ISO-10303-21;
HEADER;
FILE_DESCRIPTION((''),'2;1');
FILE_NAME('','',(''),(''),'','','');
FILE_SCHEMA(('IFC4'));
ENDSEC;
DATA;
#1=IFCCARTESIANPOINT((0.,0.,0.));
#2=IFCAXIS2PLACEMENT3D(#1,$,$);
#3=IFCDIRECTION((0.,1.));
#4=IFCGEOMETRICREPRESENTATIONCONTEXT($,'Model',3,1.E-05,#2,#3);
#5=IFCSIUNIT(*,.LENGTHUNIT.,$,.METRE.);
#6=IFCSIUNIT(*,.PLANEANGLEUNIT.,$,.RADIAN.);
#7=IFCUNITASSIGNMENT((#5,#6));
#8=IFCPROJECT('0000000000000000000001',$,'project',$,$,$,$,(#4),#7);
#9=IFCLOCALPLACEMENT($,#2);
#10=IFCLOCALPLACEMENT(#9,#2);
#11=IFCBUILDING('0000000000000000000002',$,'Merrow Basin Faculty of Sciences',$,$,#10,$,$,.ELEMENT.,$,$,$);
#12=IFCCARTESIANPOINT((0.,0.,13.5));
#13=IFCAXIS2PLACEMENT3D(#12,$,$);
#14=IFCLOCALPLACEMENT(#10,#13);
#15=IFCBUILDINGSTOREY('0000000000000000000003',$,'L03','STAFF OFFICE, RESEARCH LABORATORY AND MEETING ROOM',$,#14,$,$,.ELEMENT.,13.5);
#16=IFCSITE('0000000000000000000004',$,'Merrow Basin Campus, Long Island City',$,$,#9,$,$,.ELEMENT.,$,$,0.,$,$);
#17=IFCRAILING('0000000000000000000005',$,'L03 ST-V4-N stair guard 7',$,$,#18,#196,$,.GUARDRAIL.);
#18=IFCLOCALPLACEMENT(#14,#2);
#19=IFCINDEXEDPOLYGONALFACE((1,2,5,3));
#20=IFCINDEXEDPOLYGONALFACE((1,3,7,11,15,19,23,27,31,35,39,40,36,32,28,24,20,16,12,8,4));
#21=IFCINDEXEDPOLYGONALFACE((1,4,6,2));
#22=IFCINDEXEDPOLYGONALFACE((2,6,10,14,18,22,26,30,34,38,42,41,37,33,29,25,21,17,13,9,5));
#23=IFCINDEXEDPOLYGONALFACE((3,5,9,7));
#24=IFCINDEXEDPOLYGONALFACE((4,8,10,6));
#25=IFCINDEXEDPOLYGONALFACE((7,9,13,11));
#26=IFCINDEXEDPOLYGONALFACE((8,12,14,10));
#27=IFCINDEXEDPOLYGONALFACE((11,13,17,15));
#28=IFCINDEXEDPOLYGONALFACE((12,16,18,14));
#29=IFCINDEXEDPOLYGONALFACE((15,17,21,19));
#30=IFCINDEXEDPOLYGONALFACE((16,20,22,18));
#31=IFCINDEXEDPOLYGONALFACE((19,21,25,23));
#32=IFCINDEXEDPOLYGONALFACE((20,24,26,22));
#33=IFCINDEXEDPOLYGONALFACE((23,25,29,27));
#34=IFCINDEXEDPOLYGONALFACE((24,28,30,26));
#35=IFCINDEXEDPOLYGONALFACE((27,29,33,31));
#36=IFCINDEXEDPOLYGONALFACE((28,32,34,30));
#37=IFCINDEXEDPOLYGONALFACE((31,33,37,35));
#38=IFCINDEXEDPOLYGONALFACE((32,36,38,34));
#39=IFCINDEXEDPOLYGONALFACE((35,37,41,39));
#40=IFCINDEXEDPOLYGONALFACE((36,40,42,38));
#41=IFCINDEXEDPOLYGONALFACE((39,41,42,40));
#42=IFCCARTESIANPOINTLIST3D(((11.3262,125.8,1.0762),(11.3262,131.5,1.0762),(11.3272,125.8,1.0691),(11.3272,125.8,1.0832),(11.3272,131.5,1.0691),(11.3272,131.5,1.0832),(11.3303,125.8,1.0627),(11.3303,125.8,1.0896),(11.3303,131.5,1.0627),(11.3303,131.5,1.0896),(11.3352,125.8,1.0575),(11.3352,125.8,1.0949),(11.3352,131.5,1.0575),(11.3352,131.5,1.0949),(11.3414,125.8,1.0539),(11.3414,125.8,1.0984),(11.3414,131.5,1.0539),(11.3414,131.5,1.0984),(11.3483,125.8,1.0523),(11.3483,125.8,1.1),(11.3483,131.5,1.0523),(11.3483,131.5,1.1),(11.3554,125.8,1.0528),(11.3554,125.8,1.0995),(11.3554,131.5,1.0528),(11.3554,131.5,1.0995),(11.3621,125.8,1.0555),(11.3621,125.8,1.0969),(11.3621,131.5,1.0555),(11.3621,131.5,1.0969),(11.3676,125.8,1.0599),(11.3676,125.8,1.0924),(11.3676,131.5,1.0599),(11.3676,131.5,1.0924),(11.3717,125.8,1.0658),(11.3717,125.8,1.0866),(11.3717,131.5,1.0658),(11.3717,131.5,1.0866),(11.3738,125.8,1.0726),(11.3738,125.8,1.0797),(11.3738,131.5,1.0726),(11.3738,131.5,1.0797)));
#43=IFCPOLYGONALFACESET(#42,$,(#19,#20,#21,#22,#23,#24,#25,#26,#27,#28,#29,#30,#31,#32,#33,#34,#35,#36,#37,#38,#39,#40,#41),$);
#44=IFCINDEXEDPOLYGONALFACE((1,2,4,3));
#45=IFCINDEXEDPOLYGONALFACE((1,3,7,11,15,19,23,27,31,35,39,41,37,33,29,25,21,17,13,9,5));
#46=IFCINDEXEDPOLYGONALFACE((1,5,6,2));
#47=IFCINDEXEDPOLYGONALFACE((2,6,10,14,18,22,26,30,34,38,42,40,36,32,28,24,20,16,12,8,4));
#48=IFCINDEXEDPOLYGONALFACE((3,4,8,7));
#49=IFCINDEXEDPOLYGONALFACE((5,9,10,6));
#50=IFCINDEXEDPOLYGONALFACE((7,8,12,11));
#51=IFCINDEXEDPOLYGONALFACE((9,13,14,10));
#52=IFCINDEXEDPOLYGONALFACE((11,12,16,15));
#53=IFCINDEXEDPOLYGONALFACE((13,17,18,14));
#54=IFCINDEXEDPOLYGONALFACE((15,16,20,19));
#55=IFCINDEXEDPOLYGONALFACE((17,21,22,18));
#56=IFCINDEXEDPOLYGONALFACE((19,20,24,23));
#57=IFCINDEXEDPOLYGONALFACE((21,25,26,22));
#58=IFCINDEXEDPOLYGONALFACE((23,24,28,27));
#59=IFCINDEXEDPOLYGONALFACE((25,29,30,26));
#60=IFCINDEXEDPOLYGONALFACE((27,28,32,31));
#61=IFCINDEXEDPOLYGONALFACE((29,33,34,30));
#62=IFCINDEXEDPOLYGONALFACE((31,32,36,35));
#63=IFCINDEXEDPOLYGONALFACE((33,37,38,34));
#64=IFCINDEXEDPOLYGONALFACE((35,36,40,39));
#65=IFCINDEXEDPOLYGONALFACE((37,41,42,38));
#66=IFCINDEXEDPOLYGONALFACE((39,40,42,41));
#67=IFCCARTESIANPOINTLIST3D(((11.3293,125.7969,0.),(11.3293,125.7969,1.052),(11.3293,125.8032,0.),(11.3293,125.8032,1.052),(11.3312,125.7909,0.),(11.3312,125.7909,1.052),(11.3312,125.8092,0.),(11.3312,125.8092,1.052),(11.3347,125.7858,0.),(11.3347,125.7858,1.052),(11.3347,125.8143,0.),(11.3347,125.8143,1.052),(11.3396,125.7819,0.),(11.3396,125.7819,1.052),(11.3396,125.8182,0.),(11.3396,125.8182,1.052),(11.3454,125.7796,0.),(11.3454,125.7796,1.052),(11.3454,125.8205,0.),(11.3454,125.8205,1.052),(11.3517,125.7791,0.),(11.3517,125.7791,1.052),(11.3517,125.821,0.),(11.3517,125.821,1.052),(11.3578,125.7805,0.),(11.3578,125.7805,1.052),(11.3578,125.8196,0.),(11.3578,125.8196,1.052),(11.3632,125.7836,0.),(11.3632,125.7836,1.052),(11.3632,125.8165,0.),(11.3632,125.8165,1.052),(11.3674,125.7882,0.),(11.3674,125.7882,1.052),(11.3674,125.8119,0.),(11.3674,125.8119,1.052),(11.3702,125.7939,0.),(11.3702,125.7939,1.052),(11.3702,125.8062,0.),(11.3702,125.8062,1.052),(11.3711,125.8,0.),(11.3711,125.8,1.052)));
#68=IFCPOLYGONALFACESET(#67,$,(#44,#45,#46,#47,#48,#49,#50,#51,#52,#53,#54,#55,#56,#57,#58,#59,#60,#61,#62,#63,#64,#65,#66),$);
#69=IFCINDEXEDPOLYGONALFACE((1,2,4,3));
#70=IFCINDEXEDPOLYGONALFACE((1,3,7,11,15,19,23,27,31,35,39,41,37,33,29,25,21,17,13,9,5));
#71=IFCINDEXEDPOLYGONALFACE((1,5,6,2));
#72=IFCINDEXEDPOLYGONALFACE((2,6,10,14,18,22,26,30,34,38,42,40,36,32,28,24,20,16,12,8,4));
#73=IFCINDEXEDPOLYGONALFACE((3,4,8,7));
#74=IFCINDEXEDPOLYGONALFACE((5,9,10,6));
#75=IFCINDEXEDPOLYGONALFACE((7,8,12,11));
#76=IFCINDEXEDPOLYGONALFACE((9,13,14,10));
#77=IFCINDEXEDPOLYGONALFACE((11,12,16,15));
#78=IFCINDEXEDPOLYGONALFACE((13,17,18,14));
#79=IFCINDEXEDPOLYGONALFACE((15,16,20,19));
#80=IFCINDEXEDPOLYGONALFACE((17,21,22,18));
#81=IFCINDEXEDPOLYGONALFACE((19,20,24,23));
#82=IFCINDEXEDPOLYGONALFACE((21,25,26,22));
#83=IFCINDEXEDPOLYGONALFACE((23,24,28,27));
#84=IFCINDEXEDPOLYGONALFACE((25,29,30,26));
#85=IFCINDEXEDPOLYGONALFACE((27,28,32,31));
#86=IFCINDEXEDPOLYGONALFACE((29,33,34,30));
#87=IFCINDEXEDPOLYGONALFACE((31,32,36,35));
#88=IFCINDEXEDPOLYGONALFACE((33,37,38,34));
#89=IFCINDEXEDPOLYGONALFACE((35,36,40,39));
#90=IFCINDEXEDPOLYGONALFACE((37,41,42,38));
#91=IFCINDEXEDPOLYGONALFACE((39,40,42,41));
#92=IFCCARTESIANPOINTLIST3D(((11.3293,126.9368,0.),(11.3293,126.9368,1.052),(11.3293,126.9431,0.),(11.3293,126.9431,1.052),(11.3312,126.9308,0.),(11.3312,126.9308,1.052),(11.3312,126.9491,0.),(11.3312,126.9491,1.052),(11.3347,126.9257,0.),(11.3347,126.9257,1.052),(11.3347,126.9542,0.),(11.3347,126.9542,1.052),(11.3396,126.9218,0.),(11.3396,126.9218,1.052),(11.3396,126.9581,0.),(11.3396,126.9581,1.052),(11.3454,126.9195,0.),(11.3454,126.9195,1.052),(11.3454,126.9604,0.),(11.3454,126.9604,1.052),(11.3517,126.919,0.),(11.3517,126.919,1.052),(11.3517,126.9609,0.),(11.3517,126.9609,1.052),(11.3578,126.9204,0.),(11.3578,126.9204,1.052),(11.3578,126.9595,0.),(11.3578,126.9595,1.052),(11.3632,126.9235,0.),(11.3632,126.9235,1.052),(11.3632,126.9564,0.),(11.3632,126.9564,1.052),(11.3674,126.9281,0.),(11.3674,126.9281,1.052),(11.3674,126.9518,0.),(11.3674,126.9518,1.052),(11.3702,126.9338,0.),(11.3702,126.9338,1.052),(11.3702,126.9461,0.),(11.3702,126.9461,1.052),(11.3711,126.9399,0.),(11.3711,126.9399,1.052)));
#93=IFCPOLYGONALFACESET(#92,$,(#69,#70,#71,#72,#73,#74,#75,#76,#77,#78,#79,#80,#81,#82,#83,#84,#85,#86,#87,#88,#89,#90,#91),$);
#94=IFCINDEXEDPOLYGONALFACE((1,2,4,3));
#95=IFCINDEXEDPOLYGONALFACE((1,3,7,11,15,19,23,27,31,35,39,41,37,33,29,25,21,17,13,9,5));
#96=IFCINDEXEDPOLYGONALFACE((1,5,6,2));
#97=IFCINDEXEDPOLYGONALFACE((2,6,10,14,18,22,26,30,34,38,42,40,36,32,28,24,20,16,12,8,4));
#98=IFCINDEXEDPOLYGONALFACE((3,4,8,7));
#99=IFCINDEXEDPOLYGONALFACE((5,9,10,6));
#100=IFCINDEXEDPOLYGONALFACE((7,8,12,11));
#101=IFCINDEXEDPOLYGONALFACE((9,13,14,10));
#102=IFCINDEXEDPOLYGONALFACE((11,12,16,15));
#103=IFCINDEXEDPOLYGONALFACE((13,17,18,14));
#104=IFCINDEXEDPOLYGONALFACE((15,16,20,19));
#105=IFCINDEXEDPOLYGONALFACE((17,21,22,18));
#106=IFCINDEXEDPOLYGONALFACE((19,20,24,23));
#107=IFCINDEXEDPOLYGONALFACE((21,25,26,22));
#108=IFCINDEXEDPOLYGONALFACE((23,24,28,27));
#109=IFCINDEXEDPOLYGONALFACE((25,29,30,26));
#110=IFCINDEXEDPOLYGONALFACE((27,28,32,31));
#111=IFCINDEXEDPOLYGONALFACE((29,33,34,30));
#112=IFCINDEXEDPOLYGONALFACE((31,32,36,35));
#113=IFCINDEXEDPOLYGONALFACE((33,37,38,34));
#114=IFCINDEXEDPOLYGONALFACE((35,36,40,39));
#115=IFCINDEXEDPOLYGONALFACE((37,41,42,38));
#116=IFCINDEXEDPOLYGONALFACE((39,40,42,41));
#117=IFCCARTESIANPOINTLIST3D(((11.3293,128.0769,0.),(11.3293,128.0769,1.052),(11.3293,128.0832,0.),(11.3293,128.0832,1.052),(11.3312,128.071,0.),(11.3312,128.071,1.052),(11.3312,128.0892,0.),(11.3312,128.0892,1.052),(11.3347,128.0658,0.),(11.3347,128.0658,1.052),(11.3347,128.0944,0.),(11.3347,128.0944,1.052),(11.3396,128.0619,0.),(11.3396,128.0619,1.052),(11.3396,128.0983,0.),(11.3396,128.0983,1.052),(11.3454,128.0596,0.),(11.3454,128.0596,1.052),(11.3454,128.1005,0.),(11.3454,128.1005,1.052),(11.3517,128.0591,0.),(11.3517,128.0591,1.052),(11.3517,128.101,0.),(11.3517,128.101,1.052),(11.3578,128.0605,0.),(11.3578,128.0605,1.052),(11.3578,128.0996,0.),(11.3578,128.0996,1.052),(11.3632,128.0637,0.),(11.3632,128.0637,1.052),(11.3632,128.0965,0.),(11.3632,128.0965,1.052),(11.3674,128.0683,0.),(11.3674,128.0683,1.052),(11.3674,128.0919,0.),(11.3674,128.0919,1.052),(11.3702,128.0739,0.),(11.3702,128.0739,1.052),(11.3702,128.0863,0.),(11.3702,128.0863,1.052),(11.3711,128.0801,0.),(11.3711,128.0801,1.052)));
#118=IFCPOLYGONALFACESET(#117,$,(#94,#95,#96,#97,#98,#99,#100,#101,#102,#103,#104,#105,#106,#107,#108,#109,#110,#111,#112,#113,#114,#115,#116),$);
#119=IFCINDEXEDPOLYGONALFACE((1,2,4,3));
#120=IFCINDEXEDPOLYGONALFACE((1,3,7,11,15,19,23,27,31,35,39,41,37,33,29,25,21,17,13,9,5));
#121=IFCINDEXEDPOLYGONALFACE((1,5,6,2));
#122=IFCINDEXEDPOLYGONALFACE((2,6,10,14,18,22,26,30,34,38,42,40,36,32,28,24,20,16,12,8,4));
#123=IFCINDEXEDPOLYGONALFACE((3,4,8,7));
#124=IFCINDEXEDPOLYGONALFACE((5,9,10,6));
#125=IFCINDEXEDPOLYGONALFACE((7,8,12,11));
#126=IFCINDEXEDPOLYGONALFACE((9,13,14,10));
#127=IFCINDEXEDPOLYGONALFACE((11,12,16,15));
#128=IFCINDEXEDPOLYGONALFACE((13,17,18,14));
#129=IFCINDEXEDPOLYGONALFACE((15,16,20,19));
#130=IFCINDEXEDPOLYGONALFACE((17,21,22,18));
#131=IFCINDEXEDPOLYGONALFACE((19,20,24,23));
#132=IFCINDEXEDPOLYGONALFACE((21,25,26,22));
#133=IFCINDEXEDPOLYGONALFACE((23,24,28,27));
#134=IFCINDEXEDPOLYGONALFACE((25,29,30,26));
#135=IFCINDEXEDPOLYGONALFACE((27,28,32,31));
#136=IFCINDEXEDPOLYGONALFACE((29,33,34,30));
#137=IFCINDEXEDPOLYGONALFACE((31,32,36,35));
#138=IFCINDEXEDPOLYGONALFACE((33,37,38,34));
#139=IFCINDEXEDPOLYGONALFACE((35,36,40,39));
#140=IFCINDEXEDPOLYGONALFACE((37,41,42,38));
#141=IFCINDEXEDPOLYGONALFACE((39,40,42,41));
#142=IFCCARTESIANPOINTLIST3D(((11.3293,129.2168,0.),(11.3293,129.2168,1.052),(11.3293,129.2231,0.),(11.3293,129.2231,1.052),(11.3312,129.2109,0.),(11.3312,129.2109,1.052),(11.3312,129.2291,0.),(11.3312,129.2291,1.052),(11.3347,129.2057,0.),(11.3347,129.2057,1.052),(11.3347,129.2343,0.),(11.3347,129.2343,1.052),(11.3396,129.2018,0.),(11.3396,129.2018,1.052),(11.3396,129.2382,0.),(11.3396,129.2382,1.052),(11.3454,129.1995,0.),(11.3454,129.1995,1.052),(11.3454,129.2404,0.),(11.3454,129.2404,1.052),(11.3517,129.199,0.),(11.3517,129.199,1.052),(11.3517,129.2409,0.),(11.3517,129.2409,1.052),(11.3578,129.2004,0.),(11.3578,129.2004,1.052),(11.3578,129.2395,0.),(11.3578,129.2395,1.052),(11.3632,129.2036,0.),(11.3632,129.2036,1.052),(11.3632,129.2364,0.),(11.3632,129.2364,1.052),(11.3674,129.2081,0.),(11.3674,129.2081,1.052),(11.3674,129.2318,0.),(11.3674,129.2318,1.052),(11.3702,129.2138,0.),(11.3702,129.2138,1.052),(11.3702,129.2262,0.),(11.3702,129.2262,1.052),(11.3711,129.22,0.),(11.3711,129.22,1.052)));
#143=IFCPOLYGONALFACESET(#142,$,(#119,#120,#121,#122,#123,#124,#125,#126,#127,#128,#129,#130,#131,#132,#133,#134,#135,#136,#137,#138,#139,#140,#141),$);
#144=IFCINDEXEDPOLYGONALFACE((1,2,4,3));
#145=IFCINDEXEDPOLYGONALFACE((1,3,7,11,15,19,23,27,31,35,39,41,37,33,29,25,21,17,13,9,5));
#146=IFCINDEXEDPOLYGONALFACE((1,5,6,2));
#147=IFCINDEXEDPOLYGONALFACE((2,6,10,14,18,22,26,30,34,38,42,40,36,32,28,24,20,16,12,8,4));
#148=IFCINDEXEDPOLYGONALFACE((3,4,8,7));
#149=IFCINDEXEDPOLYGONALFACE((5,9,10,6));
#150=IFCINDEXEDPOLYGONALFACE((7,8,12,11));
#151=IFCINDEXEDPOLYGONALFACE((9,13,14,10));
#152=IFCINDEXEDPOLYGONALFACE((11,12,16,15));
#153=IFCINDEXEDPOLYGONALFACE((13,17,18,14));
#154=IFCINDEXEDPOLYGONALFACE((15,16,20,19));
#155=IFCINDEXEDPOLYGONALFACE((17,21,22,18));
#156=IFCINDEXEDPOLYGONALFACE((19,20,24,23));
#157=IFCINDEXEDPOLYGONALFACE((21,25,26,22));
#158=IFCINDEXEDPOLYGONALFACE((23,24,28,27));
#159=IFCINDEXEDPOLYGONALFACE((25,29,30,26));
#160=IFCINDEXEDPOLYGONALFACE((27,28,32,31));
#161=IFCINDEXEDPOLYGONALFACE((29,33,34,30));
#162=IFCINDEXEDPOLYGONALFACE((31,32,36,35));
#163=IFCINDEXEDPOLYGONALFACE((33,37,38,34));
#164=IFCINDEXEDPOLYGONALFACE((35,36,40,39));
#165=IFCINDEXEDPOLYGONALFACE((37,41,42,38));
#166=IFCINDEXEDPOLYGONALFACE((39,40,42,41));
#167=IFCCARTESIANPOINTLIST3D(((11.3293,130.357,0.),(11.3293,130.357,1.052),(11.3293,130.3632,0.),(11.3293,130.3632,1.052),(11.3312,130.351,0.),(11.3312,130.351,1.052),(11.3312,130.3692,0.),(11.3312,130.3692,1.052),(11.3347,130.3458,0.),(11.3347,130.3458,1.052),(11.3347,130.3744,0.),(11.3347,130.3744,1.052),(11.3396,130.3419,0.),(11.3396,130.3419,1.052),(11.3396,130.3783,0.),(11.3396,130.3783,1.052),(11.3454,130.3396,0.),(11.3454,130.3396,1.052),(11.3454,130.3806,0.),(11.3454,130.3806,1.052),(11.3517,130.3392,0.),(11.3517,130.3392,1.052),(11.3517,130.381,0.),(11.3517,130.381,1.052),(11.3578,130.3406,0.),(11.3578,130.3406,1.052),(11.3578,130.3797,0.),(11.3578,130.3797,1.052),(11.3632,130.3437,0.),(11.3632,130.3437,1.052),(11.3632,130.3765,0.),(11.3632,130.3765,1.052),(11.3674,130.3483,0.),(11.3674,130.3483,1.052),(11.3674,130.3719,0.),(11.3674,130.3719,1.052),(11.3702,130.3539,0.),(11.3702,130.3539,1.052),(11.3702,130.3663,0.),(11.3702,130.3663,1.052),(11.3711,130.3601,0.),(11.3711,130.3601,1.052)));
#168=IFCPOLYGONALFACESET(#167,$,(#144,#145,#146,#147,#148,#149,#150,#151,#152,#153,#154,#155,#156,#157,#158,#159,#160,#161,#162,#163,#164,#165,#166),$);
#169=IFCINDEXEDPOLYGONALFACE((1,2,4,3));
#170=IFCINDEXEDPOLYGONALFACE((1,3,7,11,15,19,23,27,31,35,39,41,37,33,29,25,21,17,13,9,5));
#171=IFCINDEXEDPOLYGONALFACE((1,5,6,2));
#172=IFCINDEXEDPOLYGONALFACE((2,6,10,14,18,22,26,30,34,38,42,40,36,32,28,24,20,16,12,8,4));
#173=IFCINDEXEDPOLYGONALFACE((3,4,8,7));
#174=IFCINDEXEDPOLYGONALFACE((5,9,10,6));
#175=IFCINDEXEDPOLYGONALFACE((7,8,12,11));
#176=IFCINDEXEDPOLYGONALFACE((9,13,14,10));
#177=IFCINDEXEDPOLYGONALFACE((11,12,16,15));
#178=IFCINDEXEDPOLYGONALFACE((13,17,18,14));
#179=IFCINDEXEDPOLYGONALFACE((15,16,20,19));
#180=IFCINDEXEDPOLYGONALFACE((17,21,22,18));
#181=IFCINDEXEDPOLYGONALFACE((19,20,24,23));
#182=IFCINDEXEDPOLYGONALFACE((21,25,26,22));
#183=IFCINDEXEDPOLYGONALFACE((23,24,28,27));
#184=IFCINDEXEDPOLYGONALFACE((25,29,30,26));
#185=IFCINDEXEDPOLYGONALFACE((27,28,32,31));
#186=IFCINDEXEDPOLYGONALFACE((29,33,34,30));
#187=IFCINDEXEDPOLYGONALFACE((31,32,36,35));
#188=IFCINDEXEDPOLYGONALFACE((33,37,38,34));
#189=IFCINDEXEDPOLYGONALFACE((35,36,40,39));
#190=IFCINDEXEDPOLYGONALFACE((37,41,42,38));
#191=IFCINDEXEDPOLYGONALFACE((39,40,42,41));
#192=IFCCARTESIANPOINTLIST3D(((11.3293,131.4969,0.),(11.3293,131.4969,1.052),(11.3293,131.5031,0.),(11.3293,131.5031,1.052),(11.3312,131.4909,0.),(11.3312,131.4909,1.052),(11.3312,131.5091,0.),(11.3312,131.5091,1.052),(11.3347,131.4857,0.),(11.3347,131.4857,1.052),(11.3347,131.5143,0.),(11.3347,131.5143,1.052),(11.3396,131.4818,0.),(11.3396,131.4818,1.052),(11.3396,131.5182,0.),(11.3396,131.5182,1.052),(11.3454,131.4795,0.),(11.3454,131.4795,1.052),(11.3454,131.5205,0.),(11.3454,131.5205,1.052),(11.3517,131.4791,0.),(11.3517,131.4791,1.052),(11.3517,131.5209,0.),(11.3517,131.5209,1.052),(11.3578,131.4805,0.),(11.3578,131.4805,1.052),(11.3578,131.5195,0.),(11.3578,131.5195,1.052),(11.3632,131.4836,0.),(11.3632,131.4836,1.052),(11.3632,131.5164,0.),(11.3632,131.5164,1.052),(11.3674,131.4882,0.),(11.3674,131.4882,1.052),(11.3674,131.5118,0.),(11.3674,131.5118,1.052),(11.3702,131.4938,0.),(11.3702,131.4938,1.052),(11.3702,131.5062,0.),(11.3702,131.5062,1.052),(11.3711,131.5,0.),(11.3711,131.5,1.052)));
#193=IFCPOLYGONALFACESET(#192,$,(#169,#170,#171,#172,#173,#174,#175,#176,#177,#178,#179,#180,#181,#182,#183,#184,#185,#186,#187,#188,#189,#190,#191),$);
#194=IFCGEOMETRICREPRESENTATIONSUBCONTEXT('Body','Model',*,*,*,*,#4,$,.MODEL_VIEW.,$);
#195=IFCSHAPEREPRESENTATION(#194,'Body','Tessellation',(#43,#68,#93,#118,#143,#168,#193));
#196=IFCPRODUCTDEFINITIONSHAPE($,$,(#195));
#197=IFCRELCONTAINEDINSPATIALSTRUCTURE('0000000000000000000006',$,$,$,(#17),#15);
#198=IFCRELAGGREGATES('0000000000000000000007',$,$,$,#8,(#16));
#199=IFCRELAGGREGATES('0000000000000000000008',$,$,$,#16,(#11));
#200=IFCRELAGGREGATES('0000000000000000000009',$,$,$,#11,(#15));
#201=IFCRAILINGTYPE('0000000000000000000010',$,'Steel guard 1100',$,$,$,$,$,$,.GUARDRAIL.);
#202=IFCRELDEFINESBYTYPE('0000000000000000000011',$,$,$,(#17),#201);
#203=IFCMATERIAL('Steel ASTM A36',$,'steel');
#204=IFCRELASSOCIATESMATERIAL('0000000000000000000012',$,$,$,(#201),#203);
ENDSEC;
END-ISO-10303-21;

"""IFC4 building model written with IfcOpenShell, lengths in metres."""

from ifc_helpers import new_model, si_unit, direction, frame, origin, origin_2d, place, context, subcontext, project, spatial, circle, extrude, material, type_object, element, save


model = new_model("IFC4")

# Units and contexts
model_context = context("Model", 3, precision=1e-05, world=origin(), true_north=direction((0.0, 1.0)))
body_context = subcontext(model_context, "Body", "Model", "MODEL_VIEW")
ifc_project = project(units=[si_unit("LENGTHUNIT", "METRE"), si_unit("PLANEANGLEUNIT", "RADIAN")], contexts=[model_context])

# Site, building, storey
site_placement = place(None, origin())
site = spatial("IfcSite", under=ifc_project, at=site_placement, Name="Merrow Basin Campus, Long Island City", CompositionType="ELEMENT", RefElevation=0.0)
building_placement = place(site_placement, origin())
building = spatial("IfcBuilding", under=site, at=building_placement, Name="Merrow Basin Faculty of Sciences", CompositionType="ELEMENT")
storey_placement = place(building_placement, frame((0.0, 0.0, 13.5)))
storey = spatial("IfcBuildingStorey", under=building, at=storey_placement, Name="L03", Description="STAFF OFFICE, RESEARCH LABORATORY AND MEETING ROOM", CompositionType="ELEMENT", Elevation=13.5)

# Railing
ifc_material_1 = material(Name="Steel ASTM A36", Category="steel")
railing_type_1 = type_object("IfcRailingType", Name="Steel guard 1100", PredefinedType="GUARDRAIL", material=ifc_material_1)
railing_1_placement = place(storey_placement, frame((11.3501, 125.8, 0.0)))
element("IfcRailing", 1, at=railing_1_placement, inside=storey, type_object=railing_type_1, Name="L03 ST-V4-N stair guard 7", PredefinedType="GUARDRAIL", context=body_context, shape_type="SweptSolid", body=[
    extrude(circle(Radius=0.0239, at=origin_2d()), frame((0.0, 0.0, 1.0762), z_axis=(0.0, 1.0, 0.0), x_axis=(-1.0, 0.0, 0.0)), (0.0, 0.0, 1.0), 5.7),
    extrude(circle(Radius=0.021, at=origin_2d()), origin(), (0.0, 0.0, 1.0), 1.052),
    extrude(circle(Radius=0.021, at=origin_2d()), frame((0.0, 1.1399, 0.0)), (0.0, 0.0, 1.0), 1.052),
    extrude(circle(Radius=0.021, at=origin_2d()), frame((0.0, 2.28, 0.0)), (0.0, 0.0, 1.0), 1.052),
    extrude(circle(Radius=0.021, at=origin_2d()), frame((0.0, 3.4199, 0.0)), (0.0, 0.0, 1.0), 1.052),
    extrude(circle(Radius=0.021, at=origin_2d()), frame((0.0, 4.5601, 0.0)), (0.0, 0.0, 1.0), 1.052),
    extrude(circle(Radius=0.021, at=origin_2d()), frame((0.0, 5.7, 0.0)), (0.0, 0.0, 1.0), 1.052),
])

save(model, "model.ifc")
